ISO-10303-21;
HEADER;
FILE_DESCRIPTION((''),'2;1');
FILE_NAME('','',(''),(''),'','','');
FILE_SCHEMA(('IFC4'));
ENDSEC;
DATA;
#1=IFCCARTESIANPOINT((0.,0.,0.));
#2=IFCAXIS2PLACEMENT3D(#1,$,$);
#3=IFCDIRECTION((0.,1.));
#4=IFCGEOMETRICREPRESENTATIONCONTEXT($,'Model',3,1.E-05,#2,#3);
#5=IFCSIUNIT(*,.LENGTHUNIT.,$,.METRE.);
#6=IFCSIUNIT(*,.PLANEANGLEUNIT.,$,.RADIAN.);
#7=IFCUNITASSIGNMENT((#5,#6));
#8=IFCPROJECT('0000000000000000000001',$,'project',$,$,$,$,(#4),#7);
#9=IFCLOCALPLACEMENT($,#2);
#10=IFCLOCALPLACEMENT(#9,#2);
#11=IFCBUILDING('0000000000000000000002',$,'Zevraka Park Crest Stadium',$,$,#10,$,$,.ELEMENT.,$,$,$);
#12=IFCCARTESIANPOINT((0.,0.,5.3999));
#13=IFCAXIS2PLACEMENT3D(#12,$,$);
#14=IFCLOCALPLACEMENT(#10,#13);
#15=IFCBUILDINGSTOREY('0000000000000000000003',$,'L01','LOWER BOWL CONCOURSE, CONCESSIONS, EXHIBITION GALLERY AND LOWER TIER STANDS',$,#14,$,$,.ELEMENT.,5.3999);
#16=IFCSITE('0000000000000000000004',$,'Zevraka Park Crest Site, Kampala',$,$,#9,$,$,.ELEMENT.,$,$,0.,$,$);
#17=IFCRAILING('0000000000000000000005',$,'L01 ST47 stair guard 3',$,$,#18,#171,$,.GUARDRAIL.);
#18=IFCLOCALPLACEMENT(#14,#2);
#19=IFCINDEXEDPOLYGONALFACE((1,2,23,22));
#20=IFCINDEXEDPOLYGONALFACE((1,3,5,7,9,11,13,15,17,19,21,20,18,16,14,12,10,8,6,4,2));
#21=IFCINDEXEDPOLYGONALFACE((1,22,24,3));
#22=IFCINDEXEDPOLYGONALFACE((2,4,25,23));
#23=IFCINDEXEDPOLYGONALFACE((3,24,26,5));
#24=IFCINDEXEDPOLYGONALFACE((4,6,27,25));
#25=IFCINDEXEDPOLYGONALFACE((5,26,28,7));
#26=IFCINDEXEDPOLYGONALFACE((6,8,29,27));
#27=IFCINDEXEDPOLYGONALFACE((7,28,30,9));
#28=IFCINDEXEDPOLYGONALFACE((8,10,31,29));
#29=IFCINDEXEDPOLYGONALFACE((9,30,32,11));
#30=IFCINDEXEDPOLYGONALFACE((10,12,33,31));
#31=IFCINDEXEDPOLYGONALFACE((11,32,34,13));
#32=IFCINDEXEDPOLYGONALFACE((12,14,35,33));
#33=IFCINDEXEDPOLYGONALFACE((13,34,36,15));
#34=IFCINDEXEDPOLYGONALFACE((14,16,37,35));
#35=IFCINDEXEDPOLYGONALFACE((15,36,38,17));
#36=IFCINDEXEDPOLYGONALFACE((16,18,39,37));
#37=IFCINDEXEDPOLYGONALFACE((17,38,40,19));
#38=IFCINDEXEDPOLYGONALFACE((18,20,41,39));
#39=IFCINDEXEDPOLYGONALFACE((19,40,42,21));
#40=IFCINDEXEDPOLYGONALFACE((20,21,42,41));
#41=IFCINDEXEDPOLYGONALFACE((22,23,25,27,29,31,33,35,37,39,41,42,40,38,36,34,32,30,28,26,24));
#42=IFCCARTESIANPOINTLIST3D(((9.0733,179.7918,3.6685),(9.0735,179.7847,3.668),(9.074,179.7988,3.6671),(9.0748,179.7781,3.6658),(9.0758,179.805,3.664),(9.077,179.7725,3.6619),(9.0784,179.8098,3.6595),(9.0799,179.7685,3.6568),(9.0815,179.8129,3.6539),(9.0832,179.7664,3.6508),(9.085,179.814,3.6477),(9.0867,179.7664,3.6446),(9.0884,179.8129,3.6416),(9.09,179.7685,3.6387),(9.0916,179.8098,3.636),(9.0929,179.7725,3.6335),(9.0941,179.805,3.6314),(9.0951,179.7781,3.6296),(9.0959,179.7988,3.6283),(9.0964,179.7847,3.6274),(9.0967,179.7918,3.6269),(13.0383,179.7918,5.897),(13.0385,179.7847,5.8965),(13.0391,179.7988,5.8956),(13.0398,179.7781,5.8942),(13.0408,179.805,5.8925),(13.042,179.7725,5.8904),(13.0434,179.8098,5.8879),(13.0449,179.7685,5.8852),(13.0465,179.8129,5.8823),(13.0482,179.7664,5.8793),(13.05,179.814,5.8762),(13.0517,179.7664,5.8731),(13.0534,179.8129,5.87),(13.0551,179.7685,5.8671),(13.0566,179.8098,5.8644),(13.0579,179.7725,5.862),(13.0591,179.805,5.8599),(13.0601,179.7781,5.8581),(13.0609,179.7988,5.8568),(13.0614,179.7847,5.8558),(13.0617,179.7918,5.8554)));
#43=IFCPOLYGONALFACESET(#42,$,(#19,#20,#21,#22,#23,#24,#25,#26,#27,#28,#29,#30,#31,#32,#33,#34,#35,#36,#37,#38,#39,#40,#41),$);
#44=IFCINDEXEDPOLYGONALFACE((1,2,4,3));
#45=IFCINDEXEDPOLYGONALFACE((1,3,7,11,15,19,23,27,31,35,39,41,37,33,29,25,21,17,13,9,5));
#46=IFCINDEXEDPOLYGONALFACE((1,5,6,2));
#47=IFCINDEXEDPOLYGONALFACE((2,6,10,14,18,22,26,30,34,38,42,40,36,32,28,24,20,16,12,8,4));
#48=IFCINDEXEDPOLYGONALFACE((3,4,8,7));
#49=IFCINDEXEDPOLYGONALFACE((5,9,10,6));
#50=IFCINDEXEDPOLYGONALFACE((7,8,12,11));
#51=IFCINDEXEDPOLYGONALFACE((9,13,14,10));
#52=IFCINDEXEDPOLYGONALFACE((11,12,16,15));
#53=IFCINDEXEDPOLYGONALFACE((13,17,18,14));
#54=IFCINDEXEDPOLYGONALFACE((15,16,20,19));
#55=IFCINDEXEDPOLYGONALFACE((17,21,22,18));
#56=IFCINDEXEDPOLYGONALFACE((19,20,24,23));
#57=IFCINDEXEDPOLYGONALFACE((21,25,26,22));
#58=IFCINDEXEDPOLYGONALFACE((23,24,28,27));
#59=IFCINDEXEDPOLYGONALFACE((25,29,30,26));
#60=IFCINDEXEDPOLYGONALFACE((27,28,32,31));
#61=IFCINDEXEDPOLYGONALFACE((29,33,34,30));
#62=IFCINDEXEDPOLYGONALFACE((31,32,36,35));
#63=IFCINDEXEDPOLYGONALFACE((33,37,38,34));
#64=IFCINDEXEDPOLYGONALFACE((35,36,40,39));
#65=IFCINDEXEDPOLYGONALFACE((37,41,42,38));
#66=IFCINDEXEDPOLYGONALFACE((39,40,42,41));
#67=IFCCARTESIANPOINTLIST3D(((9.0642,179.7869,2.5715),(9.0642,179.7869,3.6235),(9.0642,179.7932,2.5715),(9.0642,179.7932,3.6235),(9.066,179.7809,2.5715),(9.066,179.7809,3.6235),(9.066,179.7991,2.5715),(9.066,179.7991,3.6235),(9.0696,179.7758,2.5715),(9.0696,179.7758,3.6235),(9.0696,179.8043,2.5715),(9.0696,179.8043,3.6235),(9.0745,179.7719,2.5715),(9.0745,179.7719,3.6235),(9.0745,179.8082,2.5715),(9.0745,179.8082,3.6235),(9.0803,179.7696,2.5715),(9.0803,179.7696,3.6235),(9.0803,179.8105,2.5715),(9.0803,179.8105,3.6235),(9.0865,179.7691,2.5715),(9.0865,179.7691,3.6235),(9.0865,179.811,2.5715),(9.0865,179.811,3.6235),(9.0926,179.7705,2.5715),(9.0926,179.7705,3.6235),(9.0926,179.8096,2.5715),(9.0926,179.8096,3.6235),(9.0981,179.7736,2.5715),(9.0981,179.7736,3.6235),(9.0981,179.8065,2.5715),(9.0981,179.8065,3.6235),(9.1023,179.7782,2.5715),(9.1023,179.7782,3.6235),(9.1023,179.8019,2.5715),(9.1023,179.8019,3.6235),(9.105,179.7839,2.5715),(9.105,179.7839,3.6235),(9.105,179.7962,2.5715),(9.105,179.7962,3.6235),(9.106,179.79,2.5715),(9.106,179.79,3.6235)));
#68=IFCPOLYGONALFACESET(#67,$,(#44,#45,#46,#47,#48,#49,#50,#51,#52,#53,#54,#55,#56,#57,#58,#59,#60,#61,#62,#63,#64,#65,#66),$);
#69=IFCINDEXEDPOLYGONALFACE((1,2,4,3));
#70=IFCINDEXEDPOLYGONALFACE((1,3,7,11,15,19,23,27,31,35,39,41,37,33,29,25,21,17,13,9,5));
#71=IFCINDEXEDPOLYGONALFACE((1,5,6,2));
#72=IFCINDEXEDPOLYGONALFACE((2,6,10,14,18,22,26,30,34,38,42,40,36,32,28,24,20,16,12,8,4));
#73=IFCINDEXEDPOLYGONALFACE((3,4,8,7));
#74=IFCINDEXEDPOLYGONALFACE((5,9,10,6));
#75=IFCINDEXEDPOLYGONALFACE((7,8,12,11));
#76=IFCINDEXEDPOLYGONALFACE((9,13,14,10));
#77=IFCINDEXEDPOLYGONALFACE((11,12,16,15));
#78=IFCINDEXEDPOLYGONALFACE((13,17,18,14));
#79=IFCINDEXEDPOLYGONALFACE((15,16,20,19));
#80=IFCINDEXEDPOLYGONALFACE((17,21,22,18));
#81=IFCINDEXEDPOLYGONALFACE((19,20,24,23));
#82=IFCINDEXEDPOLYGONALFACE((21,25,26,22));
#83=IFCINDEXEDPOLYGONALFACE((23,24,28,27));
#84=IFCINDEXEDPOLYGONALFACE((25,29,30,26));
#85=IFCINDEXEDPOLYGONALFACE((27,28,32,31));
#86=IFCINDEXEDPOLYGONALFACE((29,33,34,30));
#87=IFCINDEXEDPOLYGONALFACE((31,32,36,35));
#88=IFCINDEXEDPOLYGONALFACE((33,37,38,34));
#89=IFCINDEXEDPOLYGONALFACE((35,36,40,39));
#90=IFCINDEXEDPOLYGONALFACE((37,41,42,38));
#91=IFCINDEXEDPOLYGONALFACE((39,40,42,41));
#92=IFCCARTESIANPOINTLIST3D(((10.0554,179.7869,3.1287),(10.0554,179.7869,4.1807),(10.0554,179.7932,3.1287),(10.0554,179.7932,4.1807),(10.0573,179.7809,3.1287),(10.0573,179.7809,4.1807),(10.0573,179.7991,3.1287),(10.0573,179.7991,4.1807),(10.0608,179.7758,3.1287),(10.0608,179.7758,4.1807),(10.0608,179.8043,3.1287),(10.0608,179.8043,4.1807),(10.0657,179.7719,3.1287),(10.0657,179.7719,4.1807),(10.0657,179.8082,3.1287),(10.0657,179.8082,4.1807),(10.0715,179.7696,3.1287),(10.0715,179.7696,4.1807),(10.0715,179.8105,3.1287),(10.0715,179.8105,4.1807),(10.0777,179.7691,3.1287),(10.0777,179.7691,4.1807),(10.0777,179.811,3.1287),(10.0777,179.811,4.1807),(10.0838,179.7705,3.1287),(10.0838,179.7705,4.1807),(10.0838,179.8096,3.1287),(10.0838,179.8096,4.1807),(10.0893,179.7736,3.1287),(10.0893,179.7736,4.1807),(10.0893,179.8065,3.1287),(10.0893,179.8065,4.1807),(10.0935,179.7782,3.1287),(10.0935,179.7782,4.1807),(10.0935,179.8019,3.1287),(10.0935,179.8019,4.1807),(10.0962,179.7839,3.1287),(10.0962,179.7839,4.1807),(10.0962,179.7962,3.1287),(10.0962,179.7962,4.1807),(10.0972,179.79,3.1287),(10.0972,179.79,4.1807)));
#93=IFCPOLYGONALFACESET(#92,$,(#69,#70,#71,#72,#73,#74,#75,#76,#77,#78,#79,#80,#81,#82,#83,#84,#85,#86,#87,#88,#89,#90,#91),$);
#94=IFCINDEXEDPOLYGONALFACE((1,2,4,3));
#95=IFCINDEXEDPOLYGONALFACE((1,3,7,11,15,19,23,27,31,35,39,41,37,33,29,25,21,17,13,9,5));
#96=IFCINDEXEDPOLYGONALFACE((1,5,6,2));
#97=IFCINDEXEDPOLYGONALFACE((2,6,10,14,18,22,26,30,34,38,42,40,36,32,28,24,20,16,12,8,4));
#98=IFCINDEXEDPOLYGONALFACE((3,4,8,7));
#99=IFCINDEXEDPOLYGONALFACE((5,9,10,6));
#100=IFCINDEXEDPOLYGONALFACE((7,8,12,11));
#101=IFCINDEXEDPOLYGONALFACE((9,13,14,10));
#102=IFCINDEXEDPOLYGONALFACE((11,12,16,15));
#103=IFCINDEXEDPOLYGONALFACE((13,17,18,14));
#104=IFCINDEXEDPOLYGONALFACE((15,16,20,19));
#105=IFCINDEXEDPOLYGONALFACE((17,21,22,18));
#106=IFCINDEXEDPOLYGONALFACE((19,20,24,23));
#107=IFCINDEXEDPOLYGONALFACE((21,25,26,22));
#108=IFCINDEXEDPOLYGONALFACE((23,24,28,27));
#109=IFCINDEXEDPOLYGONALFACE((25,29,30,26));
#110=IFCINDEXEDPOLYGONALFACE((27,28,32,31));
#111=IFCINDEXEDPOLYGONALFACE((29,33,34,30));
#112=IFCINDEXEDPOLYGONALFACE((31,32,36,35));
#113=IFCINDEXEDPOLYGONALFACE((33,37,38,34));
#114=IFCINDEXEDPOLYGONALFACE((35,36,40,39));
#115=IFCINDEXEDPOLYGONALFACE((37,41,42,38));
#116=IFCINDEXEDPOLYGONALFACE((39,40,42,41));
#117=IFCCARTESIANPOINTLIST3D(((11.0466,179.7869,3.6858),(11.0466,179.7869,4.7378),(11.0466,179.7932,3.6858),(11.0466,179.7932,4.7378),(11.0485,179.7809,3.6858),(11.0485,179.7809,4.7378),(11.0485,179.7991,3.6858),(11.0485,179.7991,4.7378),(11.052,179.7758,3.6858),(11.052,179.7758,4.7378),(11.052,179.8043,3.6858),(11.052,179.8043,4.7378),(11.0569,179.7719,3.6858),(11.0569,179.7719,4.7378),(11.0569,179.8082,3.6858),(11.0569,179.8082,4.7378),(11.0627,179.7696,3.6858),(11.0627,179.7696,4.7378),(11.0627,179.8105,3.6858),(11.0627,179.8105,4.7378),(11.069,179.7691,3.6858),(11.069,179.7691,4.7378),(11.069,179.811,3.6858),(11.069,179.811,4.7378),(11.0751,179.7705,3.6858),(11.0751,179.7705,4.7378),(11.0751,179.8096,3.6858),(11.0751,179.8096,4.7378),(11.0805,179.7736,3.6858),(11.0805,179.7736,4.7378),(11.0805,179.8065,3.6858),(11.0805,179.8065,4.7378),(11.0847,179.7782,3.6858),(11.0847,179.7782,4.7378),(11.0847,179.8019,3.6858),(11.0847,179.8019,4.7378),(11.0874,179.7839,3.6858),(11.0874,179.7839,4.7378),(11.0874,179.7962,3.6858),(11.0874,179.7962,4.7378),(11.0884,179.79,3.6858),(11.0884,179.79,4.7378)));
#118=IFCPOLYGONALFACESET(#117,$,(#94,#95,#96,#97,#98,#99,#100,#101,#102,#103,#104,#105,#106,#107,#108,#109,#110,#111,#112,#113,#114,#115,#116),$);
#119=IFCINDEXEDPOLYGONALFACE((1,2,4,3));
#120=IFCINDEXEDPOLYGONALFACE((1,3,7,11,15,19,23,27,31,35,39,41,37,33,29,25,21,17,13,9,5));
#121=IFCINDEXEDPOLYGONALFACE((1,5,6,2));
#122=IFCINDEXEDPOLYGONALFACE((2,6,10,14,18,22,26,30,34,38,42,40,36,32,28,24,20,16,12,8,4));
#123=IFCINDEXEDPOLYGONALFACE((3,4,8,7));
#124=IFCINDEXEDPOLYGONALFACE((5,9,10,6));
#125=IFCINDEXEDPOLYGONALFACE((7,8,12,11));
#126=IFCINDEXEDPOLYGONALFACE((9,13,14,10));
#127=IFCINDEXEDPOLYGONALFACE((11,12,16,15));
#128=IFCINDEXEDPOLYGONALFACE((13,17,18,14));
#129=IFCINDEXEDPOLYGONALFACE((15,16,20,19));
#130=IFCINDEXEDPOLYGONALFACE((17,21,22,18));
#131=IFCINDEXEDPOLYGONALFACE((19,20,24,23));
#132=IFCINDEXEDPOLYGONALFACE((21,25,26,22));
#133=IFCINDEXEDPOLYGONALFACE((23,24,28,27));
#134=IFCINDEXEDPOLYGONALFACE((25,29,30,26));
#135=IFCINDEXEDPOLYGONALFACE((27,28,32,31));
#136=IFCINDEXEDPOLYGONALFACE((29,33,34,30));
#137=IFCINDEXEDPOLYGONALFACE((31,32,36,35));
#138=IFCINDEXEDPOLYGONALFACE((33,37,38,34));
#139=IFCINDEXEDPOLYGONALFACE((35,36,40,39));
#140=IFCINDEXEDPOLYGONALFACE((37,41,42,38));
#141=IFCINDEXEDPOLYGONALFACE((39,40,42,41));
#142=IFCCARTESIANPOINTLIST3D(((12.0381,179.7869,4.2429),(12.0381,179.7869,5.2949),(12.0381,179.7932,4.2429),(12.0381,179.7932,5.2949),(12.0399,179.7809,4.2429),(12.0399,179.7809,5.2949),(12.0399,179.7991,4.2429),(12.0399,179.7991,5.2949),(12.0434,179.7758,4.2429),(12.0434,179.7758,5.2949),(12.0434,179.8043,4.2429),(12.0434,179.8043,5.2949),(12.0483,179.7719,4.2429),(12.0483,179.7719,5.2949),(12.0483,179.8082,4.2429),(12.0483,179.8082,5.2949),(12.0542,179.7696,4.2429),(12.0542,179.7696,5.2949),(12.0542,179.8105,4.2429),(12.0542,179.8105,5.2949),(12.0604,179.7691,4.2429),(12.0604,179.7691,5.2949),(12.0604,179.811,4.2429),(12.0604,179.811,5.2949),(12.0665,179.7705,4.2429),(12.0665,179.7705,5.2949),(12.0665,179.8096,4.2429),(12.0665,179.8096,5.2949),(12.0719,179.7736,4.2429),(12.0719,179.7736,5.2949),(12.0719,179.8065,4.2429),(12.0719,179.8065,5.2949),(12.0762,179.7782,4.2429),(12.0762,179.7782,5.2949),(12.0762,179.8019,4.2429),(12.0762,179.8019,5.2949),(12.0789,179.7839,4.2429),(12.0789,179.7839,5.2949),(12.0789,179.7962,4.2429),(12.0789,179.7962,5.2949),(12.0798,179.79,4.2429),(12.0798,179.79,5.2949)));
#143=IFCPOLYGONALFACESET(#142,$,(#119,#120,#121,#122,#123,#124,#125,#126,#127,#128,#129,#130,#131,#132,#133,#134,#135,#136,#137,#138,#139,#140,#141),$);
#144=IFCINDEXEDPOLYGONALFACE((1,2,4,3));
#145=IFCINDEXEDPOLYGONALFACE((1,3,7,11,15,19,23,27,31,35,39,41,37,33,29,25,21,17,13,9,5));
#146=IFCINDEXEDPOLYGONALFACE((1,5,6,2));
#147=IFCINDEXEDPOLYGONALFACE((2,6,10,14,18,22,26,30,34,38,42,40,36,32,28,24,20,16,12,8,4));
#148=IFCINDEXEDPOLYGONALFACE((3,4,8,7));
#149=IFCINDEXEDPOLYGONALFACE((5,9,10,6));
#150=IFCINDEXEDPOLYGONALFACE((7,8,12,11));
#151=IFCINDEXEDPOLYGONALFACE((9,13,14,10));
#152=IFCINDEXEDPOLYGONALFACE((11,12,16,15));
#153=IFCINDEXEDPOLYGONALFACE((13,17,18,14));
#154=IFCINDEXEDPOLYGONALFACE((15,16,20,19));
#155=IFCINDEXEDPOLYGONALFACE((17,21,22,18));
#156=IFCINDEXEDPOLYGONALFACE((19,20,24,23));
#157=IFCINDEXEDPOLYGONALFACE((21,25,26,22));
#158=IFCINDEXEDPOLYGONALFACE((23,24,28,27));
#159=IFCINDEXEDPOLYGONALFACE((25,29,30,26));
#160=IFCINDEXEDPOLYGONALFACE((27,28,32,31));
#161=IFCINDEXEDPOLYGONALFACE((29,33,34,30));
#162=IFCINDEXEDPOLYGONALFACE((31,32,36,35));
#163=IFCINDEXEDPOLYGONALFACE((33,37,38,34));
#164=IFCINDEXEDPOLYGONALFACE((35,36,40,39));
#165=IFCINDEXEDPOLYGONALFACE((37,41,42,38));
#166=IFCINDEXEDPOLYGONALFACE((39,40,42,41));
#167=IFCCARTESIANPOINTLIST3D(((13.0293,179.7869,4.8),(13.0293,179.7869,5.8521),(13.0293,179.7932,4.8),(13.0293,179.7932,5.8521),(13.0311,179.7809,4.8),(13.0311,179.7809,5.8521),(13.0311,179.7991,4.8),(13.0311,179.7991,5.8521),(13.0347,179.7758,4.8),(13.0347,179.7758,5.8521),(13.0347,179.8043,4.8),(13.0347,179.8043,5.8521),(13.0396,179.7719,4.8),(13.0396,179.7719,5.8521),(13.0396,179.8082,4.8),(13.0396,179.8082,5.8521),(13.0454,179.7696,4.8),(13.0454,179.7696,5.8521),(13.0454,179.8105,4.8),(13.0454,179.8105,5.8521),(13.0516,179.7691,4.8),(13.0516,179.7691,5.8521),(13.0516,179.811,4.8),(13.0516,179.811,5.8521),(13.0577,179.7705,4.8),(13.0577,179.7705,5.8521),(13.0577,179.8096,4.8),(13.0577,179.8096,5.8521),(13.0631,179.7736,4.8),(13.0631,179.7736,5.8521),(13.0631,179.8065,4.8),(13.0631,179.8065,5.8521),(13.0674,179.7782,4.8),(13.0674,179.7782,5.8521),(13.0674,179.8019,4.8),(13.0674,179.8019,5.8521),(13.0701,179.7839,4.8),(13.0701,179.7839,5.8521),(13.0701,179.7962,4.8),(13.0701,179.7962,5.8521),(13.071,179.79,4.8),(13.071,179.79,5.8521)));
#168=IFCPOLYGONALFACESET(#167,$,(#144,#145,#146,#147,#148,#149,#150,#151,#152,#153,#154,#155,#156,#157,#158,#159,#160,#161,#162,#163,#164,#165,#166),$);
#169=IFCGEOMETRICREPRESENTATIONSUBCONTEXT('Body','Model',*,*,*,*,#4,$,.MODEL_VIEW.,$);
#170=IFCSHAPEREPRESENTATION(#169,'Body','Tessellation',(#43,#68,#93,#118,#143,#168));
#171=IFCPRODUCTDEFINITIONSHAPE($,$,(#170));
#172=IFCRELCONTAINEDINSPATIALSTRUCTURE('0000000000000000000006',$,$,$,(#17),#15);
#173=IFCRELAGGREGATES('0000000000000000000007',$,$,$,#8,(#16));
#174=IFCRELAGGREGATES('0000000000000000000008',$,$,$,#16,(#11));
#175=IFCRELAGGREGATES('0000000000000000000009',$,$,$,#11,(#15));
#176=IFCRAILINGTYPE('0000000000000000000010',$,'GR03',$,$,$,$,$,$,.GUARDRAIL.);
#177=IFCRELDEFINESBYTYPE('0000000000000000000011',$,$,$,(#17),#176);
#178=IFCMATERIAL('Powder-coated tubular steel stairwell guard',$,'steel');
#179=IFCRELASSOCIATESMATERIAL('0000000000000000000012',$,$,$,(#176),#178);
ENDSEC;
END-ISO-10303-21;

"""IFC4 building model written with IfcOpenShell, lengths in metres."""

from ifc_helpers import new_model, si_unit, direction, frame, origin, origin_2d, place, context, subcontext, project, spatial, circle, extrude, material, type_object, element, save


model = new_model("IFC4")

# Units and contexts
model_context = context("Model", 3, precision=1e-05, world=origin(), true_north=direction((0.0, 1.0)))
body_context = subcontext(model_context, "Body", "Model", "MODEL_VIEW")
ifc_project = project(units=[si_unit("LENGTHUNIT", "METRE"), si_unit("PLANEANGLEUNIT", "RADIAN")], contexts=[model_context])

# Site, building, storey
site_placement = place(None, origin())
site = spatial("IfcSite", under=ifc_project, at=site_placement, Name="Zevraka Park Crest Site, Kampala", CompositionType="ELEMENT", RefElevation=0.0)
building_placement = place(site_placement, origin())
building = spatial("IfcBuilding", under=site, at=building_placement, Name="Zevraka Park Crest Stadium", CompositionType="ELEMENT")
storey_placement = place(building_placement, frame((0.0, 0.0, 5.3999)))
storey = spatial("IfcBuildingStorey", under=building, at=storey_placement, Name="L01", Description="LOWER BOWL CONCOURSE, CONCESSIONS, EXHIBITION GALLERY AND LOWER TIER STANDS", CompositionType="ELEMENT", Elevation=5.3999)

# Railing
ifc_material_1 = material(Name="Powder-coated tubular steel stairwell guard", Category="steel")
railing_type_1 = type_object("IfcRailingType", Name="GR03", PredefinedType="GUARDRAIL", material=ifc_material_1)
railing_1_placement = place(storey_placement, frame((9.085, 179.79, 2.5715)))
element("IfcRailing", 1, at=railing_1_placement, inside=storey, type_object=railing_type_1, Name="L01 ST47 stair guard 3", PredefinedType="GUARDRAIL", context=body_context, shape_type="SweptSolid", body=[
    extrude(circle(Radius=0.0239, at=origin_2d()), frame((0.0, 0.0, 1.0762), z_axis=(0.871749, 0.0, 0.489953), x_axis=(0.0, 1.0, 0.0)), (0.0, 0.0, 1.0), 4.5483),
    extrude(circle(Radius=0.021, at=origin_2d()), origin(), (0.0, 0.0, 1.0), 1.052),
    extrude(circle(Radius=0.021, at=origin_2d()), frame((0.9912, 0.0, 0.5571)), (0.0, 0.0, 1.0), 1.052),
    extrude(circle(Radius=0.021, at=origin_2d()), frame((1.9824, 0.0, 1.1143)), (0.0, 0.0, 1.0), 1.052),
    extrude(circle(Radius=0.021, at=origin_2d()), frame((2.9739, 0.0, 1.6714)), (0.0, 0.0, 1.0), 1.052),
    extrude(circle(Radius=0.021, at=origin_2d()), frame((3.9651, 0.0, 2.2285)), (0.0, 0.0, 1.0), 1.052),
])

save(model, "model.ifc")
